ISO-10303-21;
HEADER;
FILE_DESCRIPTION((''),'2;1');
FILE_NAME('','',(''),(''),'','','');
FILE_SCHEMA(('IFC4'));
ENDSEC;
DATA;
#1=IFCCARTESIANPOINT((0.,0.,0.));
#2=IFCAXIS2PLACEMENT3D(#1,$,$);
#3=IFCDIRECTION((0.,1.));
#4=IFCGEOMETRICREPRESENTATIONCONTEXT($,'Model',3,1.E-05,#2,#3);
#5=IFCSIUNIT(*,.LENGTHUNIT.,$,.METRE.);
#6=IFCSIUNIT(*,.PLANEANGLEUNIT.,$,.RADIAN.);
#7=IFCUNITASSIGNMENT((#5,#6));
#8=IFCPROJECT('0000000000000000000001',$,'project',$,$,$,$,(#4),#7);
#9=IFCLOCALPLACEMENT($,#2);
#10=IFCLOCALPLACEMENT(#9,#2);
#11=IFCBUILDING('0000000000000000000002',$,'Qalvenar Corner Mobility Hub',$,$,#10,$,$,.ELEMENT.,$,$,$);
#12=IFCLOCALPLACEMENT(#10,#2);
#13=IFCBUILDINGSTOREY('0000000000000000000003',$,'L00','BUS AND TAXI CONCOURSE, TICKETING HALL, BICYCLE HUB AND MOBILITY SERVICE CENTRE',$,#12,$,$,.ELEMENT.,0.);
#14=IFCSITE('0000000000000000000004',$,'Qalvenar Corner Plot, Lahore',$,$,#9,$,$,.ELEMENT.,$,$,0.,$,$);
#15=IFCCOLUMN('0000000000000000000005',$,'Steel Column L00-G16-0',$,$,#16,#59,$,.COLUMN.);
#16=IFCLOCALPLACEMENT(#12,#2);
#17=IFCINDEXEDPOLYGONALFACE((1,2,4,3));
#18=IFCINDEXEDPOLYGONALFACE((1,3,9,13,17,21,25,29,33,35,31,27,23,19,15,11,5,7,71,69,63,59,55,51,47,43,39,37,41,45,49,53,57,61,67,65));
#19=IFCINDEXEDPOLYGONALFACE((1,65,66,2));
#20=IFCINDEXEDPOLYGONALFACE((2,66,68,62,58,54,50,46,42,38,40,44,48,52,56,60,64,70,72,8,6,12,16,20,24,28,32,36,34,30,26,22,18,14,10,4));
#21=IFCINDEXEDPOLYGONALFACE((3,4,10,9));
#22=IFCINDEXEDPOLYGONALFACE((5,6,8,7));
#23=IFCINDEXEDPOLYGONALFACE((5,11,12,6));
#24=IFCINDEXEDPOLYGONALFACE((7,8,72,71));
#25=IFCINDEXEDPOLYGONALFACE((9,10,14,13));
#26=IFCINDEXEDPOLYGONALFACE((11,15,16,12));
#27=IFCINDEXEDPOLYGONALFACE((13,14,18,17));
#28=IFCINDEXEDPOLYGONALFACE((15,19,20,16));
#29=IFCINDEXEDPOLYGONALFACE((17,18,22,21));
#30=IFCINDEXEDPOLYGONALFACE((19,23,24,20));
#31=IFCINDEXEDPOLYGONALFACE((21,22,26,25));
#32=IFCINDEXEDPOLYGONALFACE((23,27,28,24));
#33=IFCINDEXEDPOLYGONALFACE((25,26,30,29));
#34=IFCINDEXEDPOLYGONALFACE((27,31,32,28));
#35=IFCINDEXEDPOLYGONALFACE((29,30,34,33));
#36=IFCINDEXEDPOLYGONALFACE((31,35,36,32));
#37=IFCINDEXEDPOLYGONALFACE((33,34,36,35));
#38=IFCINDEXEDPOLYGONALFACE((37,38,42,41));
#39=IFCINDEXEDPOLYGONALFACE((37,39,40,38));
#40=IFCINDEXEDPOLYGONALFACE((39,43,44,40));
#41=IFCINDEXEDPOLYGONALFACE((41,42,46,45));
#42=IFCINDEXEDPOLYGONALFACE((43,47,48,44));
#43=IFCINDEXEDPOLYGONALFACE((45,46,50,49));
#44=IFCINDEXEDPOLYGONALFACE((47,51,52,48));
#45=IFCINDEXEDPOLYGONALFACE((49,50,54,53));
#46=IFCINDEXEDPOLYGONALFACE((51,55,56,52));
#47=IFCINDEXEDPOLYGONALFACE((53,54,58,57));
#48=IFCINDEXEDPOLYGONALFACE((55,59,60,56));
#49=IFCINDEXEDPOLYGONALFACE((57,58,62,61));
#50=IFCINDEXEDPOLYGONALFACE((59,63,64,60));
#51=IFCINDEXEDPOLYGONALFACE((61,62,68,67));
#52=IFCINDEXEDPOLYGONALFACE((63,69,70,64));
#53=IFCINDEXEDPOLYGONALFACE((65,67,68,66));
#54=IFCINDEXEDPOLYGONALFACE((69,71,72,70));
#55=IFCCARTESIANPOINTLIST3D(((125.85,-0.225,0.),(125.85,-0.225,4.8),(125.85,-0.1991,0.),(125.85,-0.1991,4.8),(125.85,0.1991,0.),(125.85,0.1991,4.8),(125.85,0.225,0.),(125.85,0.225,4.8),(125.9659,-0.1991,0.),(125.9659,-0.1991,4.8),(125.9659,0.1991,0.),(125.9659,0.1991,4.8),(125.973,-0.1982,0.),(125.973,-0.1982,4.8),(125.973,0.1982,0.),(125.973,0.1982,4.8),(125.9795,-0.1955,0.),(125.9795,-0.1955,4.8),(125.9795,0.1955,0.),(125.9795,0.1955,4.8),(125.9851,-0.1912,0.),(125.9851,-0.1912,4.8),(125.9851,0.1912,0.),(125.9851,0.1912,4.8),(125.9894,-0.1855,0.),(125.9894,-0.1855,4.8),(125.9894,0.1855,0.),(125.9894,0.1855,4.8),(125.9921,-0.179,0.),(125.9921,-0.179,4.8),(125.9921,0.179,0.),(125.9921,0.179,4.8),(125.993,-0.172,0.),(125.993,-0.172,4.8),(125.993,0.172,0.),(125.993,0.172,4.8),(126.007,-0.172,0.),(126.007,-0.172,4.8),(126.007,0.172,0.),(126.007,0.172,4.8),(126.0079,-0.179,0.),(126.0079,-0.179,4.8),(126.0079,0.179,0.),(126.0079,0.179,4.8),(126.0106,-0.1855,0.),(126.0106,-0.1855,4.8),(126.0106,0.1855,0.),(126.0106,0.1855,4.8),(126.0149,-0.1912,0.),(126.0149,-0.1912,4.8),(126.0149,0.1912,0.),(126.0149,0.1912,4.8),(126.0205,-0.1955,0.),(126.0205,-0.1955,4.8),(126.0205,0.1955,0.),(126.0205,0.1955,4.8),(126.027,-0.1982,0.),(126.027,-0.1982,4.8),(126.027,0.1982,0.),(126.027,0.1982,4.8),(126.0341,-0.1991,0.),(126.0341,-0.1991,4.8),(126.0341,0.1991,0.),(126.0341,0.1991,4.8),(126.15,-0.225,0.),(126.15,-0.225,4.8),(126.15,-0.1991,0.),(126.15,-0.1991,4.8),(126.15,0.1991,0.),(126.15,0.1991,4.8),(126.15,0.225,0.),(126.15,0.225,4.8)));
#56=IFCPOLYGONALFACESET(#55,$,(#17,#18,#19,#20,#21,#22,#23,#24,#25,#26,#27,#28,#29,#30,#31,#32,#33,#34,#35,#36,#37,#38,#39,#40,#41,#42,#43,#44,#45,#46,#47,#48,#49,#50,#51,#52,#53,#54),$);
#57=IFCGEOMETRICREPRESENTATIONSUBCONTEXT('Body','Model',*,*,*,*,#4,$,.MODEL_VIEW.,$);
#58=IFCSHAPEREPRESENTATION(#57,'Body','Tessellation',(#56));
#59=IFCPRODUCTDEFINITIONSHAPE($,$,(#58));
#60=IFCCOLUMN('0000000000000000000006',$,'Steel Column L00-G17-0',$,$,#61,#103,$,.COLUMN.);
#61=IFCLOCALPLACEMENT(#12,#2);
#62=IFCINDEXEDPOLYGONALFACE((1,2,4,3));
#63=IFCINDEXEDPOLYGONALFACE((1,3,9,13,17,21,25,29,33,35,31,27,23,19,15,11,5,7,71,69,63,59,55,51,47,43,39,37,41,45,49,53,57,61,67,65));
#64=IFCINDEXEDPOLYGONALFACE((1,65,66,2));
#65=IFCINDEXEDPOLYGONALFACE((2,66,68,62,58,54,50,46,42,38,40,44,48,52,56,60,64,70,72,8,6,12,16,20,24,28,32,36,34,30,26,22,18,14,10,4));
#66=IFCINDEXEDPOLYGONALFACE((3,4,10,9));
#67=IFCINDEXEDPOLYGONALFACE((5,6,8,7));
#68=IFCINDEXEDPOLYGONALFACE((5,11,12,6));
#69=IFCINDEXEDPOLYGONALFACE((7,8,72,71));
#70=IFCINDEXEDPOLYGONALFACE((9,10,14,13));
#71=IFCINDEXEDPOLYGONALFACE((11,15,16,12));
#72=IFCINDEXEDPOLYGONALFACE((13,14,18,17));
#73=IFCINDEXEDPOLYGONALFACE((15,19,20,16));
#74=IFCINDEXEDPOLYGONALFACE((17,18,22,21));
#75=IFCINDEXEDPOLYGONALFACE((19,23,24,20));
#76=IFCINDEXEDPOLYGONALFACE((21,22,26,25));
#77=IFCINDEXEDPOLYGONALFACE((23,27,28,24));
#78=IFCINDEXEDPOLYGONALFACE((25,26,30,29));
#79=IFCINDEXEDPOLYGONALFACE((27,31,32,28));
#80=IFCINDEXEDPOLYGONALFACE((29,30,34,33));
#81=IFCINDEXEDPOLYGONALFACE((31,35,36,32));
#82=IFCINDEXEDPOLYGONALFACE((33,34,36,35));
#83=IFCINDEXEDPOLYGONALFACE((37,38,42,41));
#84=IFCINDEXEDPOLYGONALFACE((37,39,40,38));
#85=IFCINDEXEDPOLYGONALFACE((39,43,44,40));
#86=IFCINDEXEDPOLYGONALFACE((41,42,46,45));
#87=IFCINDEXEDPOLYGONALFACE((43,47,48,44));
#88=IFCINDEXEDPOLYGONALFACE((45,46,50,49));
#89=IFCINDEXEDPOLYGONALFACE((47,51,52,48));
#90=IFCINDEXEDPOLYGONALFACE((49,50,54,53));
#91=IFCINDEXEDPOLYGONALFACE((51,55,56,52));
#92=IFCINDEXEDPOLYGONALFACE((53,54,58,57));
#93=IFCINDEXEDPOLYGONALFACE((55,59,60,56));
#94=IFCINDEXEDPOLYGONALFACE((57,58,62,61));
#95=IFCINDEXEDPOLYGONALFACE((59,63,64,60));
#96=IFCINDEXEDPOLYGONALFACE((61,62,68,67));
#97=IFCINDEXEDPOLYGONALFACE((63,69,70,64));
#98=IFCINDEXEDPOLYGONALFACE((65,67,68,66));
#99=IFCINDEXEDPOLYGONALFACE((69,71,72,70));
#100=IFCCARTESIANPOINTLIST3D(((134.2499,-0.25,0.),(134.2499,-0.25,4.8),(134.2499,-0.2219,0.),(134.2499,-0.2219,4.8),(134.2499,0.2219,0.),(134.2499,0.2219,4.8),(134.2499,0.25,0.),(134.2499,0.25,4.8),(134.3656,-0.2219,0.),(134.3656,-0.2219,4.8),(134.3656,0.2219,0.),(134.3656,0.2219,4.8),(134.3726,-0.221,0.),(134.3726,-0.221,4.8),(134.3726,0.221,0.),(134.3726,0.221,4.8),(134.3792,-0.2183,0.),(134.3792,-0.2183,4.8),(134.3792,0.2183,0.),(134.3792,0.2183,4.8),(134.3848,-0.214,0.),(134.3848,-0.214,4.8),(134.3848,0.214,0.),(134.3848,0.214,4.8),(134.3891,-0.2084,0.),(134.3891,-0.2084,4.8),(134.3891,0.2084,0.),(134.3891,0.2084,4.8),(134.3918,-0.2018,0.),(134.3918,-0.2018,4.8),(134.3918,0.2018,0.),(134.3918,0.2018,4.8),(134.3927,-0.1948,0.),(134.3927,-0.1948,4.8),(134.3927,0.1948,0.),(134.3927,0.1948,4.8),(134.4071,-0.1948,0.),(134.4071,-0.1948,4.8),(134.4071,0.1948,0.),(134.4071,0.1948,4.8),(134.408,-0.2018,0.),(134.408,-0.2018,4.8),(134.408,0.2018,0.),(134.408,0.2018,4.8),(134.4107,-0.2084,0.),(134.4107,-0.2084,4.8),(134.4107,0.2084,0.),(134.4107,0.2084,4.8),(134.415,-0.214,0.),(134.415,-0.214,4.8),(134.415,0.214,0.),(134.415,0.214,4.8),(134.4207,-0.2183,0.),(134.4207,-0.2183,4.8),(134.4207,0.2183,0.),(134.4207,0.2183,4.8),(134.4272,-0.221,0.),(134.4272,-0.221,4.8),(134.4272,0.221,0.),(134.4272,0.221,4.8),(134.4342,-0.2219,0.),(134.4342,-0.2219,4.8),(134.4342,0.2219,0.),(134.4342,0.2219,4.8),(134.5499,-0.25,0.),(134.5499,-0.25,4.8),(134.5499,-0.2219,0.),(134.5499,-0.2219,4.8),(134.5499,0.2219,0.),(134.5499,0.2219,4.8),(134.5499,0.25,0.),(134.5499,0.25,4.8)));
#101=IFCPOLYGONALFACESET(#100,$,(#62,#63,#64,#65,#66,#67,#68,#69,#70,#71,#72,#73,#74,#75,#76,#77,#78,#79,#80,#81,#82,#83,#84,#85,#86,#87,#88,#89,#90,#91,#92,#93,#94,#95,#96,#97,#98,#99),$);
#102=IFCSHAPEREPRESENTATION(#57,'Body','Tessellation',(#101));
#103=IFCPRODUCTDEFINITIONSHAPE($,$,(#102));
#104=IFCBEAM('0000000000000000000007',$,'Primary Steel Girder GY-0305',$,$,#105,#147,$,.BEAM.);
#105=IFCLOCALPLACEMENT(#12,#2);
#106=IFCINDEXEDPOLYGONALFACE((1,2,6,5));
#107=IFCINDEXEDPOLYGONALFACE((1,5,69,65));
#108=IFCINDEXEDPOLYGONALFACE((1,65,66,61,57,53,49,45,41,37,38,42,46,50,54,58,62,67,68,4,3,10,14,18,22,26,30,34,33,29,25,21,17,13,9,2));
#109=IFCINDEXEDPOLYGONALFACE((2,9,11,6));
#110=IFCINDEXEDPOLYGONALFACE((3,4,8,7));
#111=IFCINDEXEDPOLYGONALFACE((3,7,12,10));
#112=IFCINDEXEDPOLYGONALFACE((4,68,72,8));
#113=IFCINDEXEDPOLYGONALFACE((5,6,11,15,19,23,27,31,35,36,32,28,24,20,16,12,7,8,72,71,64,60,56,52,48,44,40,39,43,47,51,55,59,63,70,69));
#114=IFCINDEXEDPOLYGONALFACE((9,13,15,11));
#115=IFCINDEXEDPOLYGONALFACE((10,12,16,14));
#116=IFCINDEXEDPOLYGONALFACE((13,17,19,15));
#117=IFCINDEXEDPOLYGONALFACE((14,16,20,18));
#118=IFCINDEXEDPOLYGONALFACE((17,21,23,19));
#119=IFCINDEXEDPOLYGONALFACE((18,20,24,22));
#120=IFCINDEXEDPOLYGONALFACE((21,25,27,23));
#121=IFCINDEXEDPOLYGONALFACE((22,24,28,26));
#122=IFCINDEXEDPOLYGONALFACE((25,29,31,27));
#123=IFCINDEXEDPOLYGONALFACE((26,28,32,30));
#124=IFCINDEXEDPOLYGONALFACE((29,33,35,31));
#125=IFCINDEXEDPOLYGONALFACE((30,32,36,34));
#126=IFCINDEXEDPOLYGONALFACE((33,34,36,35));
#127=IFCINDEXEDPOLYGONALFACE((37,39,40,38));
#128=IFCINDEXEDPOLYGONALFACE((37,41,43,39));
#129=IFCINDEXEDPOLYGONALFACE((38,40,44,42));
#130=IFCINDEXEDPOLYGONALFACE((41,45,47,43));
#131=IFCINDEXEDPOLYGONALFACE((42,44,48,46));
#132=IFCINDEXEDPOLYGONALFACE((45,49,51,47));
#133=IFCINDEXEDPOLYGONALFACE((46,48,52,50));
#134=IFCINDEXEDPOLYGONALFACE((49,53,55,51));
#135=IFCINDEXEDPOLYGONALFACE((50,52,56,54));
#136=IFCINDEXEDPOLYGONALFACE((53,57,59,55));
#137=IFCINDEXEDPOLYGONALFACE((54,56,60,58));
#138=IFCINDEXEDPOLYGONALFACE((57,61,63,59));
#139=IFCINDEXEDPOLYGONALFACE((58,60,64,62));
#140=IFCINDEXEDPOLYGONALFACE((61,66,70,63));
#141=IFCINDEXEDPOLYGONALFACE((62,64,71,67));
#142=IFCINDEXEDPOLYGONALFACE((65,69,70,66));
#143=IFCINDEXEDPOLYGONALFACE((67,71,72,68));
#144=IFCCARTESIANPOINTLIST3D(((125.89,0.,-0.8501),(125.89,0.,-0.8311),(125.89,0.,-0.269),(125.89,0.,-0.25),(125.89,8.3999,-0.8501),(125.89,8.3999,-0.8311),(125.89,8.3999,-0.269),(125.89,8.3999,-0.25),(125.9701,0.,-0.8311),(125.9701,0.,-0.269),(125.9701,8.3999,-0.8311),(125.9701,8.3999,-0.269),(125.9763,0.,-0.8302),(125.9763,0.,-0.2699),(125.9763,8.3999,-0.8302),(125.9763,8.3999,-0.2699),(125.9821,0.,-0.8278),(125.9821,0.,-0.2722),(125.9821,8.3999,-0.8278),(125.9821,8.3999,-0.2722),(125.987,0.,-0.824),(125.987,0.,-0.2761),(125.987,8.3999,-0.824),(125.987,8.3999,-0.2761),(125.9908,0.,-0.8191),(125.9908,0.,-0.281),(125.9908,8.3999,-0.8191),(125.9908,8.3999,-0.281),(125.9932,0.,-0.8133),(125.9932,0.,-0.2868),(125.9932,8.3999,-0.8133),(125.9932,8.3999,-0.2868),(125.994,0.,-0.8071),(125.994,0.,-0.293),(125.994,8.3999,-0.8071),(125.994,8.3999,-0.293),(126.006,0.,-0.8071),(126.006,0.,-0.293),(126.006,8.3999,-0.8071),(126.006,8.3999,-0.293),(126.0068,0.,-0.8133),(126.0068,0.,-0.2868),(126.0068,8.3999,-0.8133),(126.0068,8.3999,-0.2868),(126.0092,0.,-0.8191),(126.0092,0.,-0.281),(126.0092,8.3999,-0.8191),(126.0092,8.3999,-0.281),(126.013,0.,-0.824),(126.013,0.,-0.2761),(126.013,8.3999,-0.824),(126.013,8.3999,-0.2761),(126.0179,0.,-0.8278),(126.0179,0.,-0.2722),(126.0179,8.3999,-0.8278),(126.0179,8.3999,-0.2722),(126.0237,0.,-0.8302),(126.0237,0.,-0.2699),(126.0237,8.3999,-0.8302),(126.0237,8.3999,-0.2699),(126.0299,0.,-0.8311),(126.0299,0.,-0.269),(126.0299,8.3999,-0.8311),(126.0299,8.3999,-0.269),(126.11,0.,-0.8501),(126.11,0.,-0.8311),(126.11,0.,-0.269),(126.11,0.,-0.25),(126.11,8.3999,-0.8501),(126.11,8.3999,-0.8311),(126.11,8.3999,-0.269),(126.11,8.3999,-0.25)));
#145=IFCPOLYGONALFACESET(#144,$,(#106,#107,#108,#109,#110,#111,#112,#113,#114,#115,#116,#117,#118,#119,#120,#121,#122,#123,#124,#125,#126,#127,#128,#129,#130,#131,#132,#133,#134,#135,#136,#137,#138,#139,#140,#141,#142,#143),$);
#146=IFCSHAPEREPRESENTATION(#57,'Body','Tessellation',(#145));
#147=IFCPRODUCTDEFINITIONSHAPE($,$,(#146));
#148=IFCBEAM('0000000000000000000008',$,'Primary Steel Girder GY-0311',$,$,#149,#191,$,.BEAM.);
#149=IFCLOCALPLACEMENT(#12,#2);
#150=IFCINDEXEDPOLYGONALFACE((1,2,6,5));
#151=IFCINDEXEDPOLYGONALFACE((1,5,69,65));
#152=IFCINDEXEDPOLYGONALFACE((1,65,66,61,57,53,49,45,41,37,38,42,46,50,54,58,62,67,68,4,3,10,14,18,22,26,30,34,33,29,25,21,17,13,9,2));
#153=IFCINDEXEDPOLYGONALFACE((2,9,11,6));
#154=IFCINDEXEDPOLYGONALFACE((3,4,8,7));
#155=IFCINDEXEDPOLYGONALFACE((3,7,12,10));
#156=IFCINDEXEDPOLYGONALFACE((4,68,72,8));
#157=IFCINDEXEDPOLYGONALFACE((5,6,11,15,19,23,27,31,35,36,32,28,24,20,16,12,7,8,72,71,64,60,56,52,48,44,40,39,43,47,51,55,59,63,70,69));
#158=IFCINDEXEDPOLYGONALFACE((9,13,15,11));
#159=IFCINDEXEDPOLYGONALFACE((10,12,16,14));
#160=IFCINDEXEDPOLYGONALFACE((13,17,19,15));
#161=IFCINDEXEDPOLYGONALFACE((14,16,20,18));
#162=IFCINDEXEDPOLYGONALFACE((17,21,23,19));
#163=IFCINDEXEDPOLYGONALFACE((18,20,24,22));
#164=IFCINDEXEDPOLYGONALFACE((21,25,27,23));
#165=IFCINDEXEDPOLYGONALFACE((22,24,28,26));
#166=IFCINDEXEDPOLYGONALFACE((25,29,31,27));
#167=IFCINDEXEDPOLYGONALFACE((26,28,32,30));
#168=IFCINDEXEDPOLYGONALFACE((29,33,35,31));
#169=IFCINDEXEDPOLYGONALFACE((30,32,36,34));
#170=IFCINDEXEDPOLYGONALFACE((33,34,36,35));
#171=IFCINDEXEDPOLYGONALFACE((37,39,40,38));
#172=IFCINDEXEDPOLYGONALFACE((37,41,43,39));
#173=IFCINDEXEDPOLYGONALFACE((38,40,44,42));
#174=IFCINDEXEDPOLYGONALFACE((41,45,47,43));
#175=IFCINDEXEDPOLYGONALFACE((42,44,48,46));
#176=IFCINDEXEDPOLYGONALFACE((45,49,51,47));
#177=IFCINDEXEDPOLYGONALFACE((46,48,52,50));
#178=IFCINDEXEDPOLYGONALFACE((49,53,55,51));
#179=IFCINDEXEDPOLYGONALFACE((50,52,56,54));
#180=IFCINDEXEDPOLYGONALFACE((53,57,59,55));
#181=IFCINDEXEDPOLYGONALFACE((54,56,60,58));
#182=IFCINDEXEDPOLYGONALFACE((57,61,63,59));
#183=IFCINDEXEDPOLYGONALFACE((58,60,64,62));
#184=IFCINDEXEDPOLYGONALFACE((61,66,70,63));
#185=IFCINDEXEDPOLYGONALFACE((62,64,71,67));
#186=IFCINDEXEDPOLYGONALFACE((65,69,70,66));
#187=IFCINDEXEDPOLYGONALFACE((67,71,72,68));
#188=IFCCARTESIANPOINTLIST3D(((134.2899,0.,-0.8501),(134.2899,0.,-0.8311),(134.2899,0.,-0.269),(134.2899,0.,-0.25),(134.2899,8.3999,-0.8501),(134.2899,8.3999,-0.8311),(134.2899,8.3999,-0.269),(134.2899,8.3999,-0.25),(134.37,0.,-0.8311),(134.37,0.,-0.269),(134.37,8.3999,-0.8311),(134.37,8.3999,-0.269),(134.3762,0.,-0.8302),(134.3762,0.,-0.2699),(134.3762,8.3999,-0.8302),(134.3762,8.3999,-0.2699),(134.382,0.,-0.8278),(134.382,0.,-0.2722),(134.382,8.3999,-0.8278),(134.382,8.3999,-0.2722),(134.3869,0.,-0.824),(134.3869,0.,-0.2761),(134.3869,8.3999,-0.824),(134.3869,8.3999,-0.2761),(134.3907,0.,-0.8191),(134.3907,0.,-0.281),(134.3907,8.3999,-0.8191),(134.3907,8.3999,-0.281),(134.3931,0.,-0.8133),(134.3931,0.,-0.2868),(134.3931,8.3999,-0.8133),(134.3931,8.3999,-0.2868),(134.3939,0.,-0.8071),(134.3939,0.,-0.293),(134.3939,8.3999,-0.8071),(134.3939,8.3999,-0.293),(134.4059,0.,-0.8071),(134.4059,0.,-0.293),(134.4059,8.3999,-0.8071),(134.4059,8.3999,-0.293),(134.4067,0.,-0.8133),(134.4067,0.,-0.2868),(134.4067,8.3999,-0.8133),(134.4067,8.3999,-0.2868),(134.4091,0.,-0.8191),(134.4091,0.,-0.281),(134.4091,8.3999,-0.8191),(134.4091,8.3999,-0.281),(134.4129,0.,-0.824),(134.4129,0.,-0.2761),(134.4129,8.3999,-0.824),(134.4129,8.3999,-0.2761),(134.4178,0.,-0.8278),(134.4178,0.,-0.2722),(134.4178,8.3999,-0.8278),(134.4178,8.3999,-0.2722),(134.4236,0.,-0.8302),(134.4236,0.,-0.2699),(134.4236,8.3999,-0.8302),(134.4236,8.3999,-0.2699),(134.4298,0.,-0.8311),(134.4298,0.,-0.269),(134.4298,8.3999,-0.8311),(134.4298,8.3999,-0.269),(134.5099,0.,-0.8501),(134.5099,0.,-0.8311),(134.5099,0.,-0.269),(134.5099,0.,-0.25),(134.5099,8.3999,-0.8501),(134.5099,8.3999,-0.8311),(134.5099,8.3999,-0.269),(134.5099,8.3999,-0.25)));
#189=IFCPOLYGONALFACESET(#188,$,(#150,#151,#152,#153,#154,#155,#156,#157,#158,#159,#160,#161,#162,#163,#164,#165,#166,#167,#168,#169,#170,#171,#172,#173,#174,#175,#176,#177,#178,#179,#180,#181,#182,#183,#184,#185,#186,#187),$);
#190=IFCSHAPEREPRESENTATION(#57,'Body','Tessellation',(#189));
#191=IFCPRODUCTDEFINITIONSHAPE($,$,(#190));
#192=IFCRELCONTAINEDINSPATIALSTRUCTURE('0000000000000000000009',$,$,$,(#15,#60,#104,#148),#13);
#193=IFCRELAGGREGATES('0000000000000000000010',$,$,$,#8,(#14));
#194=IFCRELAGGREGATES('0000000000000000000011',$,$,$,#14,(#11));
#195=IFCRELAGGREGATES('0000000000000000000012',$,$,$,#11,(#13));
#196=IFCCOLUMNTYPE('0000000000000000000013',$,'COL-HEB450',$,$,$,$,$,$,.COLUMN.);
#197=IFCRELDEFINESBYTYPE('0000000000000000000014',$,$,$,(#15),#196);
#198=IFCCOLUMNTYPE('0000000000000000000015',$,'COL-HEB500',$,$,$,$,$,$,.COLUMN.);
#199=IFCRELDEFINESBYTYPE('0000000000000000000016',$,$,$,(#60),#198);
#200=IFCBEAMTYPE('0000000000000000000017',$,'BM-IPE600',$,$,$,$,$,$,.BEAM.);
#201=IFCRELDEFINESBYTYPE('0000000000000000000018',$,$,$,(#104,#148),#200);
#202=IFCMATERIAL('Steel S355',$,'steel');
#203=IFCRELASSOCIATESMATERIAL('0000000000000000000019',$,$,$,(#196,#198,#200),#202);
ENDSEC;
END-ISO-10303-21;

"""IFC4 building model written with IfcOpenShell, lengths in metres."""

from ifc_helpers import new_model, si_unit, direction, frame, origin, origin_2d, place, context, subcontext, project, spatial, i_section, extrude, material, material_profile, profile_set, type_object, element, save


model = new_model("IFC4")

# Units and contexts
model_context = context("Model", 3, precision=1e-05, world=origin(), true_north=direction((0.0, 1.0)))
body_context = subcontext(model_context, "Body", "Model", "MODEL_VIEW")
ifc_project = project(units=[si_unit("LENGTHUNIT", "METRE"), si_unit("PLANEANGLEUNIT", "RADIAN")], contexts=[model_context])

# Site, building, storey
site_placement = place(None, origin())
site = spatial("IfcSite", under=ifc_project, at=site_placement, Name="Qalvenar Corner Plot, Lahore", CompositionType="ELEMENT", RefElevation=0.0)
building_placement = place(site_placement, origin())
building = spatial("IfcBuilding", under=site, at=building_placement, Name="Qalvenar Corner Mobility Hub", CompositionType="ELEMENT")
storey_placement = place(building_placement, origin())
storey = spatial("IfcBuildingStorey", under=building, at=storey_placement, Name="L00", Description="BUS AND TAXI CONCOURSE, TICKETING HALL, BICYCLE HUB AND MOBILITY SERVICE CENTRE", CompositionType="ELEMENT", Elevation=0.0)

# Columns
ifc_material_1 = material(Name="Steel S355", Category="steel")
ifc_material_profile_1 = material_profile(ifc_material_1, i_section(OverallWidth=0.3, OverallDepth=0.45, WebThickness=0.0139, FlangeThickness=0.0259, FilletRadius=0.0271, at=origin_2d()), Name="HEB450")
ifc_profile_set_1 = profile_set([ifc_material_profile_1], Name="Steel S355")
column_type_1 = type_object("IfcColumnType", Name="COL-HEB450", PredefinedType="COLUMN", material=ifc_profile_set_1)
column_1_placement = place(storey_placement, frame((126.0, 0.0, 0.0), z_axis=(0.0, 0.0, 1.0), x_axis=(1.0, 0.0, 0.0)))
element("IfcColumn", 1, at=column_1_placement, inside=storey, type_object=column_type_1, Name="Steel Column L00-G16-0", PredefinedType="COLUMN", context=body_context, shape_type="SweptSolid", body=[
    extrude(i_section(OverallWidth=0.3, OverallDepth=0.45, WebThickness=0.0139, FlangeThickness=0.0259, FilletRadius=0.0271, at=origin_2d()), origin(), (0.0, 0.0, 1.0), 4.8),
])
ifc_material_profile_2 = material_profile(ifc_material_1, i_section(OverallWidth=0.3, OverallDepth=0.5, WebThickness=0.0144, FlangeThickness=0.0281, FilletRadius=0.0271, at=origin_2d()), Name="HEB500")
ifc_profile_set_2 = profile_set([ifc_material_profile_2], Name="Steel S355")
column_type_2 = type_object("IfcColumnType", Name="COL-HEB500", PredefinedType="COLUMN", material=ifc_profile_set_2)
column_2_placement = place(storey_placement, frame((134.3999, 0.0, 0.0), z_axis=(0.0, 0.0, 1.0), x_axis=(1.0, 0.0, 0.0)))
element("IfcColumn", 2, at=column_2_placement, inside=storey, type_object=column_type_2, Name="Steel Column L00-G17-0", PredefinedType="COLUMN", context=body_context, shape_type="SweptSolid", body=[
    extrude(i_section(OverallWidth=0.3, OverallDepth=0.5, WebThickness=0.0144, FlangeThickness=0.0281, FilletRadius=0.0271, at=origin_2d()), origin(), (0.0, 0.0, 1.0), 4.8),
])

# Beams
ifc_material_profile_3 = material_profile(ifc_material_1, i_section(OverallWidth=0.22, OverallDepth=0.6001, WebThickness=0.012, FlangeThickness=0.019, FilletRadius=0.0239, at=origin_2d()), Name="IPE600")
ifc_profile_set_3 = profile_set([ifc_material_profile_3], Name="Steel S355")
beam_type_1 = type_object("IfcBeamType", Name="BM-IPE600", PredefinedType="BEAM", material=ifc_profile_set_3)
for number, where, z_axis, x_axis, name in (
    (3, (126.0, 0.0, -0.55), (0.0, 1.0, 0.0), (-1.0, 0.0, 0.0), "Primary Steel Girder GY-0305"),
    (4, (134.3999, 0.0, -0.55), (0.0, 1.0, 0.0), (-1.0, 0.0, 0.0), "Primary Steel Girder GY-0311"),
):
    element("IfcBeam", number, at=place(storey_placement, frame(where, z_axis=z_axis, x_axis=x_axis)), inside=storey, type_object=beam_type_1, Name=name, PredefinedType="BEAM", context=body_context, shape_type="SweptSolid", body=[
        extrude(i_section(OverallWidth=0.22, OverallDepth=0.6001, WebThickness=0.012, FlangeThickness=0.019, FilletRadius=0.0239, at=origin_2d()), origin(), (0.0, 0.0, 1.0), 8.3999),
    ])

save(model, "model.ifc")
